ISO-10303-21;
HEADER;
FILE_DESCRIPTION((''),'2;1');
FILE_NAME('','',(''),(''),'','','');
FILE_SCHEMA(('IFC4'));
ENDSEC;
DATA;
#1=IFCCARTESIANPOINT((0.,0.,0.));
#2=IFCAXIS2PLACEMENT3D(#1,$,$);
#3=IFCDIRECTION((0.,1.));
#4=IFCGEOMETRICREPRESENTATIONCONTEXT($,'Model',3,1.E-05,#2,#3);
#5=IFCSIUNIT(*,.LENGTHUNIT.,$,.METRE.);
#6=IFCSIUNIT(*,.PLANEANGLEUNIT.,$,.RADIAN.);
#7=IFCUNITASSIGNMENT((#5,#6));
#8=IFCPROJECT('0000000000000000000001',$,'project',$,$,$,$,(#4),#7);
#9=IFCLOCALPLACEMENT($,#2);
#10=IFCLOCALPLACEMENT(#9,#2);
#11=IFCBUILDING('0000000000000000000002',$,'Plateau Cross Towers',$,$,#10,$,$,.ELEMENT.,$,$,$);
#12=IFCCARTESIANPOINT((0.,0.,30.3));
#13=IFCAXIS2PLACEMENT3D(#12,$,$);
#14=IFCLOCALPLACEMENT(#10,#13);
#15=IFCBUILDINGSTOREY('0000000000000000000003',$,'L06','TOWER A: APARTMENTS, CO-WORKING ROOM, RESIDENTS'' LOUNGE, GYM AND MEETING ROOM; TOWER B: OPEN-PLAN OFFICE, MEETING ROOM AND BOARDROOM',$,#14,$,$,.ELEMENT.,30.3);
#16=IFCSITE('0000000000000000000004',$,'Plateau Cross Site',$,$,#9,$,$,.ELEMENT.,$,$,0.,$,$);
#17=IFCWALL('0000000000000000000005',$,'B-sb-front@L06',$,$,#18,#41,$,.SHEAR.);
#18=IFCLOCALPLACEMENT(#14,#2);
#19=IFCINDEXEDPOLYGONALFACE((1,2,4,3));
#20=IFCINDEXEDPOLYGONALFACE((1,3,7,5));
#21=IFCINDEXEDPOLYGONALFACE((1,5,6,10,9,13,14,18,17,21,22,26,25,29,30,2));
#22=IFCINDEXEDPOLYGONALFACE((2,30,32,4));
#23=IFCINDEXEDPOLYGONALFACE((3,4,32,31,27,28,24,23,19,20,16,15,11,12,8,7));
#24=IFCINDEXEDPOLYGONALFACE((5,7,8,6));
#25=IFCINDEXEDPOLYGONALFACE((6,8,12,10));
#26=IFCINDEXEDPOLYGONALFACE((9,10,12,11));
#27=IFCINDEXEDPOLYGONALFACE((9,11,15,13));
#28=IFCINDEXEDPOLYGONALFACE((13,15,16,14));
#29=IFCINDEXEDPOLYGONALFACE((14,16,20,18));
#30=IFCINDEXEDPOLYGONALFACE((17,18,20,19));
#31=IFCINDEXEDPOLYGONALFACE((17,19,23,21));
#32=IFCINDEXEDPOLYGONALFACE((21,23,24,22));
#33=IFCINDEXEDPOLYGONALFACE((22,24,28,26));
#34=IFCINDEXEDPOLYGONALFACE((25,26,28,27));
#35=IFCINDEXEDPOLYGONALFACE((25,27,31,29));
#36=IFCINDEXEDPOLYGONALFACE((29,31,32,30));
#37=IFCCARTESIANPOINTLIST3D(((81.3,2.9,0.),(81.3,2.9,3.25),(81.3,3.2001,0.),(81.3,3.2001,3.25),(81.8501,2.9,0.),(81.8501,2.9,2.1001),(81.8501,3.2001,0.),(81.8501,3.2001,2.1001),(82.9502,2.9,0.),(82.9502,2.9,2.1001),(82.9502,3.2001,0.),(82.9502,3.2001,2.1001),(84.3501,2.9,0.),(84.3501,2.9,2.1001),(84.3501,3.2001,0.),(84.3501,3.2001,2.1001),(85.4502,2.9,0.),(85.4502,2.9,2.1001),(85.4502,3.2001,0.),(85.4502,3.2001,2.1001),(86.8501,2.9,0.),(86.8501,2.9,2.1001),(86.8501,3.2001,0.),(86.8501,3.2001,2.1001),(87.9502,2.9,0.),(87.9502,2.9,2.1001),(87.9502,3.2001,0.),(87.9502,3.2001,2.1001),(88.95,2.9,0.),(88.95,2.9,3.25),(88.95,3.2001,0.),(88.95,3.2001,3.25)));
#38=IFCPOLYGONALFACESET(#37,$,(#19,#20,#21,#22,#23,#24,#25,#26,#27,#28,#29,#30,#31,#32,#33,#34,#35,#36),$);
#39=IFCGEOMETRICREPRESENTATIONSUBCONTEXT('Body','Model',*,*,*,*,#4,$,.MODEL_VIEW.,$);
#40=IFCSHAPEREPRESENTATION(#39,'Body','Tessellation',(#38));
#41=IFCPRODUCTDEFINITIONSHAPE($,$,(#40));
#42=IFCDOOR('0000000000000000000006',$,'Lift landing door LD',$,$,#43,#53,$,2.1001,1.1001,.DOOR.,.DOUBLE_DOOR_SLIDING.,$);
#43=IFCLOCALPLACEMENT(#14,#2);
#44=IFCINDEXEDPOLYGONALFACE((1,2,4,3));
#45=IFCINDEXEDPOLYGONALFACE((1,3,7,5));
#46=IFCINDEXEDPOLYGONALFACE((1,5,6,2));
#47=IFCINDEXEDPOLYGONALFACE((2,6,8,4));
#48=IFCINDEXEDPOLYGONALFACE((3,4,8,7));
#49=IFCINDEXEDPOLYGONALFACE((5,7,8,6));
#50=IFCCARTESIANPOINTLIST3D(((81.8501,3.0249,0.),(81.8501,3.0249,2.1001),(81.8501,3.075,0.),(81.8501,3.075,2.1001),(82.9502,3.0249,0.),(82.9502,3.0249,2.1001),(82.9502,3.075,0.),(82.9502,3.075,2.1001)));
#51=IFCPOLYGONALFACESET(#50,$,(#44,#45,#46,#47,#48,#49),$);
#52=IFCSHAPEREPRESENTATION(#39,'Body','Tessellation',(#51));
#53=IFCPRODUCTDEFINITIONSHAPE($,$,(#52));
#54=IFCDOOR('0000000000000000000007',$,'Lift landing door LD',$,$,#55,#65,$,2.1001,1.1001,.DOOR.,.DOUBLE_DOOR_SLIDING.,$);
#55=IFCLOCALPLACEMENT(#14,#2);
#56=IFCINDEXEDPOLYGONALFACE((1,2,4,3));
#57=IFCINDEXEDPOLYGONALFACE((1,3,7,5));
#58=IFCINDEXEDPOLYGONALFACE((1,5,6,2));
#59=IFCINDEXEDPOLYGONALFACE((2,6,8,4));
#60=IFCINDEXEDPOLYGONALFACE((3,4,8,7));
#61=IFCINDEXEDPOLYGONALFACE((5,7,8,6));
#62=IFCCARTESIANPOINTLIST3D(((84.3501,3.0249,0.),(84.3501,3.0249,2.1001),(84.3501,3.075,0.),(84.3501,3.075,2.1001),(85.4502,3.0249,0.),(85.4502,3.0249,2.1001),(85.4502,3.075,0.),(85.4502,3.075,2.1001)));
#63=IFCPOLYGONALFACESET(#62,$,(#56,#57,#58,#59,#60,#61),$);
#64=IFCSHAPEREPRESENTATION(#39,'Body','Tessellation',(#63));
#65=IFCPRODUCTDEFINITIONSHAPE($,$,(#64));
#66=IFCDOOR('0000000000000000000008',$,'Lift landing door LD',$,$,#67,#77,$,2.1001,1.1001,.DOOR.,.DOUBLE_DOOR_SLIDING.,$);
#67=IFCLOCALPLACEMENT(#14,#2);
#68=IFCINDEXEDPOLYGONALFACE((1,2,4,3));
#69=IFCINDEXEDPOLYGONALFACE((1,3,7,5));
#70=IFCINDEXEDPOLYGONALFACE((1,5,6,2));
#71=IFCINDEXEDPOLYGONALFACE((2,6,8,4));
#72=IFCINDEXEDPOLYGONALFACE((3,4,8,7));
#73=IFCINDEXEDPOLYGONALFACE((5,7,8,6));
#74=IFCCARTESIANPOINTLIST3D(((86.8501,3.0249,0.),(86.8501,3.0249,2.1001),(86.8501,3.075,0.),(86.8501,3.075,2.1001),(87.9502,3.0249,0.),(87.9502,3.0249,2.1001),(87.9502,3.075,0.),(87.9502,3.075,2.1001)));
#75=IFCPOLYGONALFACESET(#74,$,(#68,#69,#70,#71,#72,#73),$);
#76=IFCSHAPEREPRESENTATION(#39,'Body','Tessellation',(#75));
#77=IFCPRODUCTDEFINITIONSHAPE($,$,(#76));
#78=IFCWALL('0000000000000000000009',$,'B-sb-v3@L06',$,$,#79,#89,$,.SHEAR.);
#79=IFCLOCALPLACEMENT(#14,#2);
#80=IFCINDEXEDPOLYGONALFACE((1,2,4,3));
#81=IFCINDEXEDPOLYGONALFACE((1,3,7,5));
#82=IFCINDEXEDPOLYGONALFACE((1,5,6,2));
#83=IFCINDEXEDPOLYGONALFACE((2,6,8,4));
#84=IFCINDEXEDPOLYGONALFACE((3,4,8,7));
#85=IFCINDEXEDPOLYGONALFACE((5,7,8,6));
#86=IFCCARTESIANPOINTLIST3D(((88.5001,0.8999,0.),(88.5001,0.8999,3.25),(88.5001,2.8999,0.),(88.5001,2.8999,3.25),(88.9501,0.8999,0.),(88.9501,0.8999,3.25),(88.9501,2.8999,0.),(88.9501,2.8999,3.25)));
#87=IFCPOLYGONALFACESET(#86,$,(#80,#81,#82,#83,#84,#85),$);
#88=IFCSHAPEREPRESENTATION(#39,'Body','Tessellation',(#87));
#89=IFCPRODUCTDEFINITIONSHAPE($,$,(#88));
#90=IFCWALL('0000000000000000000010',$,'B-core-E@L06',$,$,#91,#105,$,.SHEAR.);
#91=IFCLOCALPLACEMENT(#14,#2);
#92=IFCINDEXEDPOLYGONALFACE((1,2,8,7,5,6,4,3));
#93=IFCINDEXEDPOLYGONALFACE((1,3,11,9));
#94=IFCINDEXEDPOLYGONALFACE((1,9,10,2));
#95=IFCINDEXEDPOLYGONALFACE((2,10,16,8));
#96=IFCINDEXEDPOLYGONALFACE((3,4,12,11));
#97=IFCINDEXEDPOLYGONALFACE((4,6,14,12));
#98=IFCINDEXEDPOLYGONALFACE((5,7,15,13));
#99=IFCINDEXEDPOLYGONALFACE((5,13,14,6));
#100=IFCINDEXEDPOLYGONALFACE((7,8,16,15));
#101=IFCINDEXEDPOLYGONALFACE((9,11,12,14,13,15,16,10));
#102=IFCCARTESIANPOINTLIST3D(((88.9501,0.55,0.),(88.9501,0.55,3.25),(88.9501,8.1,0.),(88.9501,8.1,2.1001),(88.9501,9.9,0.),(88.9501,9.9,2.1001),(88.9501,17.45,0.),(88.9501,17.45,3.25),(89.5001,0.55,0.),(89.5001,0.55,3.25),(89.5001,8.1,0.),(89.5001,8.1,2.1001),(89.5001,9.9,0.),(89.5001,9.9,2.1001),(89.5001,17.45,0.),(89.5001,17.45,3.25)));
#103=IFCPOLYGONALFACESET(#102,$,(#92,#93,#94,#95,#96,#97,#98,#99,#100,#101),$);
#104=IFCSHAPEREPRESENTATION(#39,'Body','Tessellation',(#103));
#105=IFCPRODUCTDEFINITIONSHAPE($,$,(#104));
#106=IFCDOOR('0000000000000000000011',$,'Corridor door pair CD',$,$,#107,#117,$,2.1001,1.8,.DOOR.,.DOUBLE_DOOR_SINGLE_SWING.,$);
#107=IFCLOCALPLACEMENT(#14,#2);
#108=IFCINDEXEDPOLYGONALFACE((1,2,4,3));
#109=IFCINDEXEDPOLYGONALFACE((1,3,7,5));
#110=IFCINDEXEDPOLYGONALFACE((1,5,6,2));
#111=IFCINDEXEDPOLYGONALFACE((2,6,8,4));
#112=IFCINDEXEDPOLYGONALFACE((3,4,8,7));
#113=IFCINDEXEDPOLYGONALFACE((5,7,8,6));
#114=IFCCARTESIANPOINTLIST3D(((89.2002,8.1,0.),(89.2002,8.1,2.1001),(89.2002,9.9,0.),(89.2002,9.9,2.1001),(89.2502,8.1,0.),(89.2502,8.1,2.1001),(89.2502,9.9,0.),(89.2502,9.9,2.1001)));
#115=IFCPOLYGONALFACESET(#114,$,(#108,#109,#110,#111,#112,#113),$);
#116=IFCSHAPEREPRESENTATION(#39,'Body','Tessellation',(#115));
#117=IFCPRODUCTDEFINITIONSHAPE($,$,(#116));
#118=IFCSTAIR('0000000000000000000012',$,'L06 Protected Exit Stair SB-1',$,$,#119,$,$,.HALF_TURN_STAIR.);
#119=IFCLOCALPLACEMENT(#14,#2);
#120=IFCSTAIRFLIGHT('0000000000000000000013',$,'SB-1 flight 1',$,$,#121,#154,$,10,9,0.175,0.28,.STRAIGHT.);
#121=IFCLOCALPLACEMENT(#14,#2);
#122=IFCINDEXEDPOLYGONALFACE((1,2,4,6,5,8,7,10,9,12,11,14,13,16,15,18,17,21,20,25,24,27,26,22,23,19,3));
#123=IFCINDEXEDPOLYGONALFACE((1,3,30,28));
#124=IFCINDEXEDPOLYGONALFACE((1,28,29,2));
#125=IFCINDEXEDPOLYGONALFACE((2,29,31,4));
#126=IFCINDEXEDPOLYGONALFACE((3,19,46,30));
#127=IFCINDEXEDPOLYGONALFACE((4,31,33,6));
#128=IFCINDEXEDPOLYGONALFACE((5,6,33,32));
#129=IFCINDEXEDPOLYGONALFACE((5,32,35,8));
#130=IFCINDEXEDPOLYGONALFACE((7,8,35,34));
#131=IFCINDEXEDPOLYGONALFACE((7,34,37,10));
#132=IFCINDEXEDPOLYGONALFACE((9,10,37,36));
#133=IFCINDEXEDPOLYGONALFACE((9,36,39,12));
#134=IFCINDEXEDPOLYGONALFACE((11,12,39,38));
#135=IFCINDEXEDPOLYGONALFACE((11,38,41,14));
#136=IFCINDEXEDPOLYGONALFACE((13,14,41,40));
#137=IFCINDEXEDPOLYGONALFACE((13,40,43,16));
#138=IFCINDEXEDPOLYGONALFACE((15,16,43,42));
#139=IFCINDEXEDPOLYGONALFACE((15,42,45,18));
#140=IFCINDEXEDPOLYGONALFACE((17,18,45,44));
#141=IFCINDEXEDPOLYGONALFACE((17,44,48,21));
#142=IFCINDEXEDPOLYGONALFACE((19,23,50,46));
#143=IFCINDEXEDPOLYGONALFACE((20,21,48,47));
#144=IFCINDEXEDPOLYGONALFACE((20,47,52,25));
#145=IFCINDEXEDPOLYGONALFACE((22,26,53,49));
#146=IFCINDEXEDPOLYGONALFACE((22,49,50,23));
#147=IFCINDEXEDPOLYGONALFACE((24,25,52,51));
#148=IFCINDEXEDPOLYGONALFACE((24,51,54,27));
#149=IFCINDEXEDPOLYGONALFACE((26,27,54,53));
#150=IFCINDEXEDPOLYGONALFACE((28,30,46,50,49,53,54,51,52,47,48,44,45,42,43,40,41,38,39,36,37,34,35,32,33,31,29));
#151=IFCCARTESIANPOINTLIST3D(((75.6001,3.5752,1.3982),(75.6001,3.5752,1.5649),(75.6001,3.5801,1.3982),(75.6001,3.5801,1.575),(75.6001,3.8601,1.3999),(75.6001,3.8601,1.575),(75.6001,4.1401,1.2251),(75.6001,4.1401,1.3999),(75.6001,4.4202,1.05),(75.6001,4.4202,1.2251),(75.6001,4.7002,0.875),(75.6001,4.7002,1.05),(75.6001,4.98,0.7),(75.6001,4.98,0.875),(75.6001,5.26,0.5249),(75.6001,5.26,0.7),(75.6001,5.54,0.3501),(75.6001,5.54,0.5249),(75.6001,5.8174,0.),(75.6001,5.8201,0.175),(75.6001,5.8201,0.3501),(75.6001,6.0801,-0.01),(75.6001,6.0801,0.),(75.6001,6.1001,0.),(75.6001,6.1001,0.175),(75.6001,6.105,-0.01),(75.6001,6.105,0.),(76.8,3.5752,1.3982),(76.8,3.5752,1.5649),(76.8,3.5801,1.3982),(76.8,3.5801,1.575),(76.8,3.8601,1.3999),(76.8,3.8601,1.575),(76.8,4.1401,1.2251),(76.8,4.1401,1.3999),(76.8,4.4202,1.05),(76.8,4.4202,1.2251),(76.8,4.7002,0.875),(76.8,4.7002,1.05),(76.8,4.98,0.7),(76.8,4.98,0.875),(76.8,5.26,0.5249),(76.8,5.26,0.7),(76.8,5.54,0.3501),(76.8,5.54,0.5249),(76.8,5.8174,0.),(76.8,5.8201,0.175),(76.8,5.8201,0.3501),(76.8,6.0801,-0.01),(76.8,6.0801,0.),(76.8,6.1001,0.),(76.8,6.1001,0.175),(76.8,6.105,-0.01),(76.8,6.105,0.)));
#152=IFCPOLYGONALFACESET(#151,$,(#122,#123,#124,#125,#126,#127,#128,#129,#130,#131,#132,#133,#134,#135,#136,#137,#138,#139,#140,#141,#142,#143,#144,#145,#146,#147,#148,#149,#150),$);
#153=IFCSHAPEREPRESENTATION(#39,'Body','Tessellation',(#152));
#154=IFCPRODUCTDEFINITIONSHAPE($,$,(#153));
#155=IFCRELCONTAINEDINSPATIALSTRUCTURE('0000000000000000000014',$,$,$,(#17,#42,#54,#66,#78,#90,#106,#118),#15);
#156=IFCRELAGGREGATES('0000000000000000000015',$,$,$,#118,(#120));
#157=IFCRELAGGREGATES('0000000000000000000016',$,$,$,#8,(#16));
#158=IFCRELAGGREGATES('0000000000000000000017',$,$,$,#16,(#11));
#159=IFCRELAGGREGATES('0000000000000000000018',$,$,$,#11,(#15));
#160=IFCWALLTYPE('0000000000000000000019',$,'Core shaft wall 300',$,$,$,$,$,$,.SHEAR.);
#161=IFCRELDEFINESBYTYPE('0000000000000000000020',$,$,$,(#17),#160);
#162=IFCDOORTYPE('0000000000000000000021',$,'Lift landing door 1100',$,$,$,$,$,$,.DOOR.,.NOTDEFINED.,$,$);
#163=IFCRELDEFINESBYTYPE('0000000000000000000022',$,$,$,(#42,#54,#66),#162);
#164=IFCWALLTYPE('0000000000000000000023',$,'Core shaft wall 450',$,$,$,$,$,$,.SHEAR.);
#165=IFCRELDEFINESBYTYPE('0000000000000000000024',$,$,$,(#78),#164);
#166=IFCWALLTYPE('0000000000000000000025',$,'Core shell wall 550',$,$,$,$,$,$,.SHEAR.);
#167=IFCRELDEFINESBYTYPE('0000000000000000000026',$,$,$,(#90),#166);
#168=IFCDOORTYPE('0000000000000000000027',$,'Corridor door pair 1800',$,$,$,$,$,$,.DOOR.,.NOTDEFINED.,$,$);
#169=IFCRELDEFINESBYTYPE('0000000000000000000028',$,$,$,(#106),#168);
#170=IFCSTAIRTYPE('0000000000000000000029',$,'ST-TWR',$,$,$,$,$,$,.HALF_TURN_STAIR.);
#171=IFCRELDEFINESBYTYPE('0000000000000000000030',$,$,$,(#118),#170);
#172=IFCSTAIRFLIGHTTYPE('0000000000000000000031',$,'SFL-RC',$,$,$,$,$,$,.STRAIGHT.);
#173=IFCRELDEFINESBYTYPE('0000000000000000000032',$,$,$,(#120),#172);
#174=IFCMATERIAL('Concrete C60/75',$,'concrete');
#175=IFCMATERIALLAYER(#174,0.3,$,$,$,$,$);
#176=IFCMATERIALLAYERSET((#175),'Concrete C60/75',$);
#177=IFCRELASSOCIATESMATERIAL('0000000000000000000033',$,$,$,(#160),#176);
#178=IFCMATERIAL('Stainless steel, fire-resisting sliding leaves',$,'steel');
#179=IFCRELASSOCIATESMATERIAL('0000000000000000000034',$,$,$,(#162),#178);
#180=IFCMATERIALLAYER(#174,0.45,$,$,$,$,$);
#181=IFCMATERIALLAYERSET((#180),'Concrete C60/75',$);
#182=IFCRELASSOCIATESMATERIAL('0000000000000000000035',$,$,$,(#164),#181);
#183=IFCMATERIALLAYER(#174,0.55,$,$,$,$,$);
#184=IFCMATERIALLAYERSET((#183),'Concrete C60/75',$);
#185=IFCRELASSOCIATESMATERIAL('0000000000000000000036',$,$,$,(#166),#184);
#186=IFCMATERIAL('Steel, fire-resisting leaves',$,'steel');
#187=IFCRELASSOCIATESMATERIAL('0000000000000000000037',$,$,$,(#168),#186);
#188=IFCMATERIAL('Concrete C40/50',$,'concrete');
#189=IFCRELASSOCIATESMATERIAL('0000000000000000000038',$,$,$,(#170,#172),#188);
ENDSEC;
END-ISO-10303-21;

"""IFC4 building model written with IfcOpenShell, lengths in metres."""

from ifc_helpers import new_model, si_unit, direction, frame, frame_2d, origin, place, context, subcontext, project, spatial, polyline, rectangle, outline, extrude, material, layer, layer_set, type_object, element, fill, aggregate, save


model = new_model("IFC4")

# Units and contexts
model_context = context("Model", 3, precision=1e-05, world=origin(), true_north=direction((0.0, 1.0)))
body_context = subcontext(model_context, "Body", "Model", "MODEL_VIEW")
ifc_project = project(units=[si_unit("LENGTHUNIT", "METRE"), si_unit("PLANEANGLEUNIT", "RADIAN")], contexts=[model_context])

# Site, building, storey
site_placement = place(None, origin())
site = spatial("IfcSite", under=ifc_project, at=site_placement, Name="Plateau Cross Site", CompositionType="ELEMENT", RefElevation=0.0)
building_placement = place(site_placement, origin())
building = spatial("IfcBuilding", under=site, at=building_placement, Name="Plateau Cross Towers", CompositionType="ELEMENT")
storey_placement = place(building_placement, frame((0.0, 0.0, 30.3)))
storey = spatial("IfcBuildingStorey", under=building, at=storey_placement, Name="L06", Description="TOWER A: APARTMENTS, CO-WORKING ROOM, RESIDENTS' LOUNGE, GYM AND MEETING ROOM; TOWER B: OPEN-PLAN OFFICE, MEETING ROOM AND BOARDROOM", CompositionType="ELEMENT", Elevation=30.3)

# Shared definitions
ifc_material_1 = material(Name="Concrete C60/75", Category="concrete")

# Shared definitions
ifc_layer_1 = layer(ifc_material_1, 0.3)
ifc_layer_set_1 = layer_set([ifc_layer_1], Name="Concrete C60/75")
wall_type_1 = type_object("IfcWallType", Name="Core shaft wall 300", PredefinedType="SHEAR", material=ifc_layer_set_1)

# Wall, openings, doors
wall_1_placement = place(storey_placement, frame((81.3, 3.05, 0.0), z_axis=(0.0, 0.0, 1.0), x_axis=(1.0, 0.0, 0.0)))
wall_1 = element("IfcWall", 1, at=wall_1_placement, inside=storey, type_object=wall_type_1, Name="B-sb-front@L06", PredefinedType="SHEAR", context=body_context, shape_type="SweptSolid", body=[
    extrude(rectangle(XDim=7.6499, YDim=0.3, at=frame_2d((3.825, 0.0))), origin(), (0.0, 0.0, 1.0), 3.25),
])
opening_1_placement = place(wall_1_placement, frame((0.55, 0.0, 0.0)))
opening_1 = element("IfcOpeningElement", 2, at=opening_1_placement, cuts=wall_1, PredefinedType="OPENING", context=body_context, shape_type="SweptSolid", body=[
    extrude(rectangle(XDim=1.1001, YDim=2.1001, at=frame_2d((0.55, 1.05))), frame((0.0, 0.1599, 0.0), z_axis=(0.0, -1.0, 0.0), x_axis=(1.0, 0.0, 0.0)), (0.0, 0.0, 1.0), 0.3201),
])
opening_2_placement = place(wall_1_placement, frame((3.05, 0.0, 0.0)))
opening_2 = element("IfcOpeningElement", 3, at=opening_2_placement, cuts=wall_1, PredefinedType="OPENING", context=body_context, shape_type="SweptSolid", body=[
    extrude(rectangle(XDim=1.1001, YDim=2.1001, at=frame_2d((0.55, 1.05))), frame((0.0, 0.1599, 0.0), z_axis=(0.0, -1.0, 0.0), x_axis=(1.0, 0.0, 0.0)), (0.0, 0.0, 1.0), 0.3201),
])
opening_3_placement = place(wall_1_placement, frame((5.55, 0.0, 0.0)))
opening_3 = element("IfcOpeningElement", 4, at=opening_3_placement, cuts=wall_1, PredefinedType="OPENING", context=body_context, shape_type="SweptSolid", body=[
    extrude(rectangle(XDim=1.1001, YDim=2.1001, at=frame_2d((0.55, 1.05))), frame((0.0, 0.1599, 0.0), z_axis=(0.0, -1.0, 0.0), x_axis=(1.0, 0.0, 0.0)), (0.0, 0.0, 1.0), 0.3201),
])
ifc_material_2 = material(Name="Stainless steel, fire-resisting sliding leaves", Category="steel")
door_type_1 = type_object("IfcDoorType", Name="Lift landing door 1100", OperationType="NOTDEFINED", PredefinedType="DOOR", material=ifc_material_2)
door_1_placement = place(opening_1_placement, origin())
door_1 = element("IfcDoor", 5, at=door_1_placement, inside=storey, type_object=door_type_1, Name="Lift landing door LD", OperationType="DOUBLE_DOOR_SLIDING", OverallHeight=2.1001, OverallWidth=1.1001, PredefinedType="DOOR", context=body_context, shape_type="SweptSolid", body=[
    extrude(rectangle(XDim=1.1001, YDim=2.1001, at=frame_2d((0.55, 1.05))), frame((0.0, 0.0249, 0.0), z_axis=(0.0, -1.0, 0.0), x_axis=(1.0, 0.0, 0.0)), (0.0, 0.0, 1.0), 0.05),
])
fill(opening_1, door_1)
door_2_placement = place(opening_2_placement, origin())
door_2 = element("IfcDoor", 6, at=door_2_placement, inside=storey, type_object=door_type_1, Name="Lift landing door LD", OperationType="DOUBLE_DOOR_SLIDING", OverallHeight=2.1001, OverallWidth=1.1001, PredefinedType="DOOR", context=body_context, shape_type="SweptSolid", body=[
    extrude(rectangle(XDim=1.1001, YDim=2.1001, at=frame_2d((0.55, 1.05))), frame((0.0, 0.0249, 0.0), z_axis=(0.0, -1.0, 0.0), x_axis=(1.0, 0.0, 0.0)), (0.0, 0.0, 1.0), 0.05),
])
fill(opening_2, door_2)
door_3_placement = place(opening_3_placement, origin())
door_3 = element("IfcDoor", 7, at=door_3_placement, inside=storey, type_object=door_type_1, Name="Lift landing door LD", OperationType="DOUBLE_DOOR_SLIDING", OverallHeight=2.1001, OverallWidth=1.1001, PredefinedType="DOOR", context=body_context, shape_type="SweptSolid", body=[
    extrude(rectangle(XDim=1.1001, YDim=2.1001, at=frame_2d((0.55, 1.05))), frame((0.0, 0.0249, 0.0), z_axis=(0.0, -1.0, 0.0), x_axis=(1.0, 0.0, 0.0)), (0.0, 0.0, 1.0), 0.05),
])
fill(opening_3, door_3)

# Wall
ifc_layer_2 = layer(ifc_material_1, 0.45)
ifc_layer_set_2 = layer_set([ifc_layer_2], Name="Concrete C60/75")
wall_type_2 = type_object("IfcWallType", Name="Core shaft wall 450", PredefinedType="SHEAR", material=ifc_layer_set_2)
wall_2_placement = place(storey_placement, frame((88.7251, 0.8999, 0.0), z_axis=(0.0, 0.0, 1.0), x_axis=(0.0, 1.0, 0.0)))
element("IfcWall", 8, at=wall_2_placement, inside=storey, type_object=wall_type_2, Name="B-sb-v3@L06", PredefinedType="SHEAR", context=body_context, shape_type="SweptSolid", body=[
    extrude(rectangle(XDim=2.0, YDim=0.45, at=frame_2d((1.0, 0.0))), origin(), (0.0, 0.0, 1.0), 3.25),
])

# Wall, opening, door
ifc_layer_3 = layer(ifc_material_1, 0.55)
ifc_layer_set_3 = layer_set([ifc_layer_3], Name="Concrete C60/75")
wall_type_3 = type_object("IfcWallType", Name="Core shell wall 550", PredefinedType="SHEAR", material=ifc_layer_set_3)
wall_3_placement = place(storey_placement, frame((89.2251, 0.55, 0.0), z_axis=(0.0, 0.0, 1.0), x_axis=(0.0, 1.0, 0.0)))
wall_3 = element("IfcWall", 9, at=wall_3_placement, inside=storey, type_object=wall_type_3, Name="B-core-E@L06", PredefinedType="SHEAR", context=body_context, shape_type="SweptSolid", body=[
    extrude(rectangle(XDim=16.8999, YDim=0.55, at=frame_2d((8.45, 0.0))), origin(), (0.0, 0.0, 1.0), 3.25),
])
opening_4_placement = place(wall_3_placement, frame((7.55, 0.0, 0.0)))
opening_4 = element("IfcOpeningElement", 10, at=opening_4_placement, cuts=wall_3, PredefinedType="OPENING", context=body_context, shape_type="SweptSolid", body=[
    extrude(rectangle(XDim=1.8, YDim=2.1001, at=frame_2d((0.8999, 1.05))), frame((0.0, 0.2849, 0.0), z_axis=(0.0, -1.0, 0.0), x_axis=(1.0, 0.0, 0.0)), (0.0, 0.0, 1.0), 0.5701),
])
ifc_material_3 = material(Name="Steel, fire-resisting leaves", Category="steel")
door_type_2 = type_object("IfcDoorType", Name="Corridor door pair 1800", OperationType="NOTDEFINED", PredefinedType="DOOR", material=ifc_material_3)
door_4_placement = place(opening_4_placement, origin())
door_4 = element("IfcDoor", 11, at=door_4_placement, inside=storey, type_object=door_type_2, Name="Corridor door pair CD", OperationType="DOUBLE_DOOR_SINGLE_SWING", OverallHeight=2.1001, OverallWidth=1.8, PredefinedType="DOOR", context=body_context, shape_type="SweptSolid", body=[
    extrude(rectangle(XDim=1.8, YDim=2.1001, at=frame_2d((0.8999, 1.05))), frame((0.0, 0.0249, 0.0), z_axis=(0.0, -1.0, 0.0), x_axis=(1.0, 0.0, 0.0)), (0.0, 0.0, 1.0), 0.05),
])
fill(opening_4, door_4)

# Stair, stair flight
ifc_material_4 = material(Name="Concrete C40/50", Category="concrete")
stair_type = type_object("IfcStairType", Name="ST-TWR", PredefinedType="HALF_TURN_STAIR", material=ifc_material_4)
stair_1_placement = place(storey_placement, origin())
stair_1 = element("IfcStair", 12, at=stair_1_placement, inside=storey, type_object=stair_type, Name="L06 Protected Exit Stair SB-1", PredefinedType="HALF_TURN_STAIR")
stair_flight_type = type_object("IfcStairFlightType", Name="SFL-RC", PredefinedType="STRAIGHT", material=ifc_material_4)
stair_flight_1_placement = place(storey_placement, frame((76.2, 6.1001, 0.0), z_axis=(0.0, 0.0, 1.0), x_axis=(0.0, -1.0, 0.0)))
stair_flight_1 = element("IfcStairFlight", 13, at=stair_flight_1_placement, type_object=stair_flight_type, Name="SB-1 flight 1", NumberOfRisers=10, NumberOfTreads=9, PredefinedType="STRAIGHT", RiserHeight=0.175, TreadLength=0.28, context=body_context, shape_type="SweptSolid", body=[
    extrude(outline(polyline([(-0.0049, -0.01), (-0.0049, 0.0), (0.0, 0.0), (0.0, 0.175), (0.28, 0.175), (0.28, 0.3501), (0.5601, 0.3501), (0.5601, 0.5249), (0.8401, 0.5249), (0.8401, 0.7), (1.1201, 0.7), (1.1201, 0.875), (1.3999, 0.875), (1.3999, 1.05), (1.6799, 1.05), (1.6799, 1.2251), (1.96, 1.2251), (1.96, 1.3999), (2.24, 1.3999), (2.24, 1.575), (2.52, 1.575), (2.5249, 1.5649), (2.5249, 1.3982), (2.52, 1.3982), (0.2827, 0.0), (0.02, 0.0), (0.02, -0.01), (-0.0049, -0.01)])), frame((0.0, 0.6001, 0.0), z_axis=(0.0, -1.0, 0.0), x_axis=(1.0, 0.0, 0.0)), (0.0, 0.0, 1.0), 1.2),
])
aggregate(stair_1, [stair_flight_1])

save(model, "model.ifc")
